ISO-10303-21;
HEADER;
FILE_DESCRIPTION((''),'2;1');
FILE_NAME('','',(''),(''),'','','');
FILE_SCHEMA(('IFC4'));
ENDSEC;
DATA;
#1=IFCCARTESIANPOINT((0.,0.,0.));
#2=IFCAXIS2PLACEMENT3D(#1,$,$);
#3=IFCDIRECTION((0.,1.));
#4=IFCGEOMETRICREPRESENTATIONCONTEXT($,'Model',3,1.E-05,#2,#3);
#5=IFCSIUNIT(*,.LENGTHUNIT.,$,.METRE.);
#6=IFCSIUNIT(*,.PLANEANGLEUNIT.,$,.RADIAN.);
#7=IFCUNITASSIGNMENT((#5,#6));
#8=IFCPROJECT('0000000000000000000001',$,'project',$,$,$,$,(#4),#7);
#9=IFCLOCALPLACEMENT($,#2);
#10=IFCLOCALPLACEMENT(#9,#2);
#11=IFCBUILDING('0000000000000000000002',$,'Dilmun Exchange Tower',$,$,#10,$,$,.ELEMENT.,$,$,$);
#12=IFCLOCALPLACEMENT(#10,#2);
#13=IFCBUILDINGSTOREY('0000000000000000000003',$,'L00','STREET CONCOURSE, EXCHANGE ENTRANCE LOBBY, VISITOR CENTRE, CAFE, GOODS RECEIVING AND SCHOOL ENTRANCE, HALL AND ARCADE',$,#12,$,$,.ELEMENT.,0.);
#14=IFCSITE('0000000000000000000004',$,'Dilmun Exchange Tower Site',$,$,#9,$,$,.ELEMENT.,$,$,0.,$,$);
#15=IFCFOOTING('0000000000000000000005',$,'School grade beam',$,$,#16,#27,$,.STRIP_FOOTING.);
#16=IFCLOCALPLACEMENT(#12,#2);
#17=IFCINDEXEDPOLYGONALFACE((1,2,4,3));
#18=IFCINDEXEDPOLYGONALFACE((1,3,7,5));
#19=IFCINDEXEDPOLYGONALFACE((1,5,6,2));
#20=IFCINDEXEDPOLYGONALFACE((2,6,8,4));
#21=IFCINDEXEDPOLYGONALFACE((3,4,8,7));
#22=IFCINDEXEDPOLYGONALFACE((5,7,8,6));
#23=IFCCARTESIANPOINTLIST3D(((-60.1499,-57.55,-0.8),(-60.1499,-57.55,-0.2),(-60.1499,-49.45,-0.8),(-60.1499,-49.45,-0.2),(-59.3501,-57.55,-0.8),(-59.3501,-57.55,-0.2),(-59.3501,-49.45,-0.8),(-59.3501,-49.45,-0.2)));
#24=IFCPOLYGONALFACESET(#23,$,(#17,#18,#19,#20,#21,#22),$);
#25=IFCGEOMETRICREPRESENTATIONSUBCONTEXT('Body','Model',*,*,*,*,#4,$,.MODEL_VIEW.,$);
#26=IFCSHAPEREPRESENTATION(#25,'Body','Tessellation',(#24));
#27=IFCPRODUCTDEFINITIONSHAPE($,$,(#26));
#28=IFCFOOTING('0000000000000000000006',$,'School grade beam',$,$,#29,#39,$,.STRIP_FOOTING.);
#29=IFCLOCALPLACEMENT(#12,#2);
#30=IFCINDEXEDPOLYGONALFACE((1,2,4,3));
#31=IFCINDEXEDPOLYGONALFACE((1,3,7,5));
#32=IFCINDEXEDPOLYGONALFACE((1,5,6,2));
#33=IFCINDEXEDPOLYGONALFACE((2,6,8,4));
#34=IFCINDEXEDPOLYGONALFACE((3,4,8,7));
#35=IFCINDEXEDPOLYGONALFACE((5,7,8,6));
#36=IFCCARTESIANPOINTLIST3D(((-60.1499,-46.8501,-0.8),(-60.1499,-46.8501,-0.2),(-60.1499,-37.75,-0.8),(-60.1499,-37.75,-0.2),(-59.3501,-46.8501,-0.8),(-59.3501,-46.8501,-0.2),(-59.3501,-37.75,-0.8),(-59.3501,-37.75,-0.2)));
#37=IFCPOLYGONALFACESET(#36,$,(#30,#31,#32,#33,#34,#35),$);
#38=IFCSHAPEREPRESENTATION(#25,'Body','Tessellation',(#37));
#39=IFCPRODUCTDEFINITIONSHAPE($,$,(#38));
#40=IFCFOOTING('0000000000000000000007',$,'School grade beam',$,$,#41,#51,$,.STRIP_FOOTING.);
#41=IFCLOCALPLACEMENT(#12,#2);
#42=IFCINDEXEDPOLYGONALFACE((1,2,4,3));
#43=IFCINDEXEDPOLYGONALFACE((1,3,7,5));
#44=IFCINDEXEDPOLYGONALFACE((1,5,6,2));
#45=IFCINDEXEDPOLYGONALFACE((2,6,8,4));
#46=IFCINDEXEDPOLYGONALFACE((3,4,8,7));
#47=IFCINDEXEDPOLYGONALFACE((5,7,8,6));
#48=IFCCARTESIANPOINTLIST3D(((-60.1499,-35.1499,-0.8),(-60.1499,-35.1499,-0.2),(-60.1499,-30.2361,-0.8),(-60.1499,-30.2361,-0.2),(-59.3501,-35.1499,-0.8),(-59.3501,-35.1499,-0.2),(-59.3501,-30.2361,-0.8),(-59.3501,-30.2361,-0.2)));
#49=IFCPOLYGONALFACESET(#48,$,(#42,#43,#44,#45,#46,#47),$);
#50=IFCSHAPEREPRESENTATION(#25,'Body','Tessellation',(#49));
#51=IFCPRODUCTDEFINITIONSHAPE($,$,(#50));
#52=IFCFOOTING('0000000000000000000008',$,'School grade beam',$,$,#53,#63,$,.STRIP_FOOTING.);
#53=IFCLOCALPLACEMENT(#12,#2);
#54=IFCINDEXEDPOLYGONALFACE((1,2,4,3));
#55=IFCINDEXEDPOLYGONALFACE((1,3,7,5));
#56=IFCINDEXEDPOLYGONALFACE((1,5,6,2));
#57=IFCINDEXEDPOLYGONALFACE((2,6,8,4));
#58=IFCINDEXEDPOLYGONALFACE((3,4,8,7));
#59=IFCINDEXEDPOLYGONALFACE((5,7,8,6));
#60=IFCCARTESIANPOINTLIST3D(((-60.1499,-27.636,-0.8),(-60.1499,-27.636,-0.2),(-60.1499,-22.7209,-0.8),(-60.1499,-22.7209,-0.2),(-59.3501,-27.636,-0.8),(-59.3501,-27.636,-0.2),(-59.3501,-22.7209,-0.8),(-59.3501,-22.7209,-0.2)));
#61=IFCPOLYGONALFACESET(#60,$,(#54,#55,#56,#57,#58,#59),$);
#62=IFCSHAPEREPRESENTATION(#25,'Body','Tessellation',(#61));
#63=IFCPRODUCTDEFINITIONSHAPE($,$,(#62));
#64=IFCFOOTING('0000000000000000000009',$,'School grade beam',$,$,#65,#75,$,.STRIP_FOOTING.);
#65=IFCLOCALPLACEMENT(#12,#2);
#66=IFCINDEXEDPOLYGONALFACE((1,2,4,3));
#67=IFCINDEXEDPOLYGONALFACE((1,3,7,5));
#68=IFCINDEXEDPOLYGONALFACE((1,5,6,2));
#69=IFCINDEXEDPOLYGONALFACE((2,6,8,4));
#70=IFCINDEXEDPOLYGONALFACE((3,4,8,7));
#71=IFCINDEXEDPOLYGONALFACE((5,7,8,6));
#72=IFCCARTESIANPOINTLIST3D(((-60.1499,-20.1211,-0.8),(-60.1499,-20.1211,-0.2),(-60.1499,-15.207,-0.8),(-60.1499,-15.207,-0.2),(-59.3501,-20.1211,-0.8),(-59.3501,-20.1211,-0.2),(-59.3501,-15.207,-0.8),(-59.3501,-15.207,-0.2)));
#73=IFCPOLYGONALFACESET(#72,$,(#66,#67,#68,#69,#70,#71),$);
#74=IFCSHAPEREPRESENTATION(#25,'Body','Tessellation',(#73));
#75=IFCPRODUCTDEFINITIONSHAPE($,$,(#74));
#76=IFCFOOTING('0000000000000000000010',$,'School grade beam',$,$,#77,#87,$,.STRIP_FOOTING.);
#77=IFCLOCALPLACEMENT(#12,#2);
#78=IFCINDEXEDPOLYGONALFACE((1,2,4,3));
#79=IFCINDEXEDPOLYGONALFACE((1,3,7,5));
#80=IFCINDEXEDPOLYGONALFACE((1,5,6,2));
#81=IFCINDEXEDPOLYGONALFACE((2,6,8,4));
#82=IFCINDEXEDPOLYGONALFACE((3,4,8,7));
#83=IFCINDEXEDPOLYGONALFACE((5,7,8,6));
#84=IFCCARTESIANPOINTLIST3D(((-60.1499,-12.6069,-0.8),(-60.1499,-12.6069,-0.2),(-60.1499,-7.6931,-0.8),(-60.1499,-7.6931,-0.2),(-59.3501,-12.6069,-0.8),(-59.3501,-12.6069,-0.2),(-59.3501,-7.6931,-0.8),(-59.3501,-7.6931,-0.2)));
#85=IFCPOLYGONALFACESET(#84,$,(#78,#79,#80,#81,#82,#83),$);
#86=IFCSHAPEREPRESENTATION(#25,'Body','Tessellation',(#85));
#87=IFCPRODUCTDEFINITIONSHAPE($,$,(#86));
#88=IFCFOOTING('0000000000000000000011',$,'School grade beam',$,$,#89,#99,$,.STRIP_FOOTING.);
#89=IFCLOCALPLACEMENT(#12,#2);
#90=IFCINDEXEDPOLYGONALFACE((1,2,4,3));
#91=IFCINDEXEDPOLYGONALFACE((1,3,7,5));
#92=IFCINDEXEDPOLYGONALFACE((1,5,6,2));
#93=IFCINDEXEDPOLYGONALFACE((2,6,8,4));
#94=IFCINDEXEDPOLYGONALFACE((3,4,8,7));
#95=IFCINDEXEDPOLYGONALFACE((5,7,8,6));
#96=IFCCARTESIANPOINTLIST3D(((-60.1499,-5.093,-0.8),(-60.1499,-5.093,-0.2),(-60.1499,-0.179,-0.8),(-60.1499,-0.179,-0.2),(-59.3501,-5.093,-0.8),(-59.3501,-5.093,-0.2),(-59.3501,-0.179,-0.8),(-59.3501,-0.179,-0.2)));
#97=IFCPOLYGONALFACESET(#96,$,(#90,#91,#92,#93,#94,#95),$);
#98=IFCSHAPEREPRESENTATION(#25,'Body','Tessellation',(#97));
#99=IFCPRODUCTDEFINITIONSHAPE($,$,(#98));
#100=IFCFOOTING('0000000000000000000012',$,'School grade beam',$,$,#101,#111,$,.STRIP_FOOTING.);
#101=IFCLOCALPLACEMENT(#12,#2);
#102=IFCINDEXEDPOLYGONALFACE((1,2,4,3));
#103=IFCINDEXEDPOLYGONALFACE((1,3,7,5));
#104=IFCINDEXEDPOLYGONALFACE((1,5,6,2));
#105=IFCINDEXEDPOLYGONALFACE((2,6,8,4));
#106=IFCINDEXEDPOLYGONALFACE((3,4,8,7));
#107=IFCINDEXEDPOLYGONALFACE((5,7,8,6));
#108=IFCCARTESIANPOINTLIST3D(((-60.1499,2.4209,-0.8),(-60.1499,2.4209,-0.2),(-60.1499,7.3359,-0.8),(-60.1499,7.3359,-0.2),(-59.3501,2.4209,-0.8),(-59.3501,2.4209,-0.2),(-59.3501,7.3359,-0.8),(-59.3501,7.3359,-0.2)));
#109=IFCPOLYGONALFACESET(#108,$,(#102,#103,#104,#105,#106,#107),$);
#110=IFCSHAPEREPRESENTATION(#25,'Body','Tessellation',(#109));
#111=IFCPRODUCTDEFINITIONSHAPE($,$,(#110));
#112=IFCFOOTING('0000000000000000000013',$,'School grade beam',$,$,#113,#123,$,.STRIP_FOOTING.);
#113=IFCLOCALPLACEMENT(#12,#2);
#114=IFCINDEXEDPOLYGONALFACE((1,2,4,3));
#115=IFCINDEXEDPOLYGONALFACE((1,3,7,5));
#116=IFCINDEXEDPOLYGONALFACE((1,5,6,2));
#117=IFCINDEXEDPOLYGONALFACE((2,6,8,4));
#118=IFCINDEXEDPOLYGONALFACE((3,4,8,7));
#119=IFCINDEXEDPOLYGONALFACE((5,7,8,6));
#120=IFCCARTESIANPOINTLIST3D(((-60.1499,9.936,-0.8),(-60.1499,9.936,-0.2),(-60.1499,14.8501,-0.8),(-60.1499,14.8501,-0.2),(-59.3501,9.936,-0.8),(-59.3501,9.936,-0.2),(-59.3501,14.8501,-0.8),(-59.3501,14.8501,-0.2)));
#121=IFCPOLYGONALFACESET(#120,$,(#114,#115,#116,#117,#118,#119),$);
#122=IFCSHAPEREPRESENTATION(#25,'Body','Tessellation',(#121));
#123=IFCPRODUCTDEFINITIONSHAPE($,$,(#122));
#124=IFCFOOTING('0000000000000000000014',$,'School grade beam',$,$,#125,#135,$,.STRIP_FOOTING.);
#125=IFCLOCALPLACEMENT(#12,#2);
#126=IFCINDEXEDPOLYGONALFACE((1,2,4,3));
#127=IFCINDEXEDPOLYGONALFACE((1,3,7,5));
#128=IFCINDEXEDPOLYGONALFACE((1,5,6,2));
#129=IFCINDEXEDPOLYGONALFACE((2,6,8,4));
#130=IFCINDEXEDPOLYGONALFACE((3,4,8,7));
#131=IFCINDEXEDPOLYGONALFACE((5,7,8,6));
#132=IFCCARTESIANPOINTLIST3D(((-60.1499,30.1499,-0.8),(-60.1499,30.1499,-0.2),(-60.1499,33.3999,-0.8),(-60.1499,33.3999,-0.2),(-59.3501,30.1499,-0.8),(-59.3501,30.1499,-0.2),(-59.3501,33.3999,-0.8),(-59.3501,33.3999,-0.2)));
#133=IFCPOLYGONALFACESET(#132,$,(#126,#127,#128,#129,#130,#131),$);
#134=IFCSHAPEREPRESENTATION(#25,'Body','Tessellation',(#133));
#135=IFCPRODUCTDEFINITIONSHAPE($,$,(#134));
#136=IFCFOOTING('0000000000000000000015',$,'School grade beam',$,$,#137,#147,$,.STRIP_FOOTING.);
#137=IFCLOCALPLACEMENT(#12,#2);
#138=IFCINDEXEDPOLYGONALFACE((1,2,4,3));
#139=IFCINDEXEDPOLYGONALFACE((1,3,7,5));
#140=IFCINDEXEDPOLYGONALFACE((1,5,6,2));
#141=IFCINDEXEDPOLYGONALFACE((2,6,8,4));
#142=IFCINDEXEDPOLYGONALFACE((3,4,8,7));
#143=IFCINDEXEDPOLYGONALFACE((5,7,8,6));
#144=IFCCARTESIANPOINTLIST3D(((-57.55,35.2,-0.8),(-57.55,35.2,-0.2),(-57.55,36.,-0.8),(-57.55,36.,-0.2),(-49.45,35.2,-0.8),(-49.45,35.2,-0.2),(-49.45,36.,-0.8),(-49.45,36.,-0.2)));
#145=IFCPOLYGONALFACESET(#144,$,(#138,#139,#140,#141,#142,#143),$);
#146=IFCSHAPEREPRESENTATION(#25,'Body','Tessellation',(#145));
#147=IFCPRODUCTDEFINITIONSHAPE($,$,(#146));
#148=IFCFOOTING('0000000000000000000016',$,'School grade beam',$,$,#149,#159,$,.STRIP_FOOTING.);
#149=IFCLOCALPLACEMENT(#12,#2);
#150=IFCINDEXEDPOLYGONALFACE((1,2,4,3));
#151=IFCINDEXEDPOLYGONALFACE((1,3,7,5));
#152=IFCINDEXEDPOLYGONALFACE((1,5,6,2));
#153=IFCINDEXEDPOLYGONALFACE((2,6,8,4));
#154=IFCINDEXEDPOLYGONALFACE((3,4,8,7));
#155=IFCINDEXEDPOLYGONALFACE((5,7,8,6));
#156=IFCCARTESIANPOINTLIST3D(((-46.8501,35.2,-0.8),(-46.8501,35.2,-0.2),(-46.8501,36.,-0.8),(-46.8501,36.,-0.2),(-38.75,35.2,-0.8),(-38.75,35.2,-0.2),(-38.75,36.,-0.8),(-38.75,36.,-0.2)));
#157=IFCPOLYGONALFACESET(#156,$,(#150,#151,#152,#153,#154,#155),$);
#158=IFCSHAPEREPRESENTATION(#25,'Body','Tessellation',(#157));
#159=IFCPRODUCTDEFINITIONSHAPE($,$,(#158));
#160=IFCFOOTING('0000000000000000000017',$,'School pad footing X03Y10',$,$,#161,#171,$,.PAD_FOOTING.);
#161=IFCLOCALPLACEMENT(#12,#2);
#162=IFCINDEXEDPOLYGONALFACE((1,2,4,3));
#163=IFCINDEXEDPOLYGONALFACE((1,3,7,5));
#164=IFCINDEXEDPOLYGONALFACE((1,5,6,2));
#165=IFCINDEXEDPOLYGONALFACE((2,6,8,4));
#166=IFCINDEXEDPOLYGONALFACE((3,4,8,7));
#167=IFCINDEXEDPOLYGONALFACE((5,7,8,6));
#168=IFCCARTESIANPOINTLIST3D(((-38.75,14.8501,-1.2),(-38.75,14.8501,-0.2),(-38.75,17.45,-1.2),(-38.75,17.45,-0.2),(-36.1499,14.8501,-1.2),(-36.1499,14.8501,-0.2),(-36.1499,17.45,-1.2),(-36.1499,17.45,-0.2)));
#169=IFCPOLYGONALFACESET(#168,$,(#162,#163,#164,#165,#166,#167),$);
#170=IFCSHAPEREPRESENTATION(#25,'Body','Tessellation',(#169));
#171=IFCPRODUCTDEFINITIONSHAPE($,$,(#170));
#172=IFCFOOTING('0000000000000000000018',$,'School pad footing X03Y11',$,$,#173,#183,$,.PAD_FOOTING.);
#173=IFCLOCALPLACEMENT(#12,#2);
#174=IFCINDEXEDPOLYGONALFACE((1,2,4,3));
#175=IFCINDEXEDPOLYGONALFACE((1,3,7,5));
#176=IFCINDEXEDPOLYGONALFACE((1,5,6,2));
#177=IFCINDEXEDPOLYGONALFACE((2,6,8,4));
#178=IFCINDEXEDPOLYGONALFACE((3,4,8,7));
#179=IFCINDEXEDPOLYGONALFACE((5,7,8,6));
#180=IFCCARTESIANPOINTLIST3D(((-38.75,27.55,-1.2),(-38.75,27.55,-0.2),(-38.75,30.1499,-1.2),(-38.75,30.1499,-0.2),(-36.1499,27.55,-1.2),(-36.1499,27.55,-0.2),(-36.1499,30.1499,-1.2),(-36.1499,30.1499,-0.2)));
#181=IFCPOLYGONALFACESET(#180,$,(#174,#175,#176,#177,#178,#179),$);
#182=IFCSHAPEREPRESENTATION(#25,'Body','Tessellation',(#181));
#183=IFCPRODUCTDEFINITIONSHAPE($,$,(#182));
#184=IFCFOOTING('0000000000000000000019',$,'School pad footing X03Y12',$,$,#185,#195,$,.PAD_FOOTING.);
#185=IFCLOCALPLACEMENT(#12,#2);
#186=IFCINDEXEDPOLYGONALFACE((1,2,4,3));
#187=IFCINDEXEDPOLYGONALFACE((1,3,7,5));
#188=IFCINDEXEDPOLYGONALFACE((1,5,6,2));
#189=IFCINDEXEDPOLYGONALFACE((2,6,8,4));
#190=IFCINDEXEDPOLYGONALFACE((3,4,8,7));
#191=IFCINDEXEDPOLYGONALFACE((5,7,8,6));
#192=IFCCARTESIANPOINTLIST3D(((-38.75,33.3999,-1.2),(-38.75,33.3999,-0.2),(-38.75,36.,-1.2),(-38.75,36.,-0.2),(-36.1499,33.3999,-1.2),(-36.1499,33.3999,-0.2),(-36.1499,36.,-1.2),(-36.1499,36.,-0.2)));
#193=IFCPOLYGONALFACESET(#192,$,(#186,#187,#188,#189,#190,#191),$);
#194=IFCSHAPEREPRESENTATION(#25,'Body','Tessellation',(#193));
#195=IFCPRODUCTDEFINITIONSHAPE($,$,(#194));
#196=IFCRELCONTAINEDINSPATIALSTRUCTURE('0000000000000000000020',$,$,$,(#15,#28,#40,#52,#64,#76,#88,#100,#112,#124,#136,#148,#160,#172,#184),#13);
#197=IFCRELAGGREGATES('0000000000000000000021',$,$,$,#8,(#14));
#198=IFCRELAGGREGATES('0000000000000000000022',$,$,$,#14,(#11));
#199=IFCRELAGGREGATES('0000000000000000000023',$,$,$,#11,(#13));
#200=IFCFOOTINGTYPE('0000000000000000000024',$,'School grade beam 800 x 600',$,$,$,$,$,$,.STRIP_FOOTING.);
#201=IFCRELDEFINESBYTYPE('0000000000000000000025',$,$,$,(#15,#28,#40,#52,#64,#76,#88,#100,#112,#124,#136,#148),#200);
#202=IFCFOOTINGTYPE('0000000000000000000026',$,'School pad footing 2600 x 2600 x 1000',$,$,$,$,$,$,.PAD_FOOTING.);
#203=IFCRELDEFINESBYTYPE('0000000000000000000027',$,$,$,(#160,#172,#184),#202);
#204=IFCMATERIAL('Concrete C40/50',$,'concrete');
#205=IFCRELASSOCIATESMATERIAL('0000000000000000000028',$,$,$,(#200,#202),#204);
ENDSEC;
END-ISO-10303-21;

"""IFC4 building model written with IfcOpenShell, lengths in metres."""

from ifc_helpers import new_model, si_unit, direction, frame, origin, place, context, subcontext, project, spatial, polyline, outline, extrude, material, type_object, element, save


model = new_model("IFC4")

# Units and contexts
model_context = context("Model", 3, precision=1e-05, world=origin(), true_north=direction((0.0, 1.0)))
body_context = subcontext(model_context, "Body", "Model", "MODEL_VIEW")
ifc_project = project(units=[si_unit("LENGTHUNIT", "METRE"), si_unit("PLANEANGLEUNIT", "RADIAN")], contexts=[model_context])

# Site, building, storey
site_placement = place(None, origin())
site = spatial("IfcSite", under=ifc_project, at=site_placement, Name="Dilmun Exchange Tower Site", CompositionType="ELEMENT", RefElevation=0.0)
building_placement = place(site_placement, origin())
building = spatial("IfcBuilding", under=site, at=building_placement, Name="Dilmun Exchange Tower", CompositionType="ELEMENT")
storey_placement = place(building_placement, origin())
storey = spatial("IfcBuildingStorey", under=building, at=storey_placement, Name="L00", Description="STREET CONCOURSE, EXCHANGE ENTRANCE LOBBY, VISITOR CENTRE, CAFE, GOODS RECEIVING AND SCHOOL ENTRANCE, HALL AND ARCADE", CompositionType="ELEMENT", Elevation=0.0)

# Footings
ifc_material = material(Name="Concrete C40/50", Category="concrete")
footing_type_1 = type_object("IfcFootingType", Name="School grade beam 800 x 600", PredefinedType="STRIP_FOOTING", material=ifc_material)
footing_1_placement = place(storey_placement, frame((0.0, 0.0, -0.8)))
element("IfcFooting", 1, at=footing_1_placement, inside=storey, type_object=footing_type_1, Name="School grade beam", PredefinedType="STRIP_FOOTING", context=body_context, shape_type="SweptSolid", body=[
    extrude(outline(polyline([(-59.3501, -49.45), (-59.3501, -57.55), (-60.1499, -57.55), (-60.1499, -49.45), (-59.3501, -49.45)])), origin(), (0.0, 0.0, 1.0), 0.6001),
])
footing_2_placement = place(storey_placement, frame((0.0, 0.0, -0.8)))
element("IfcFooting", 2, at=footing_2_placement, inside=storey, type_object=footing_type_1, Name="School grade beam", PredefinedType="STRIP_FOOTING", context=body_context, shape_type="SweptSolid", body=[
    extrude(outline(polyline([(-59.3501, -37.75), (-59.3501, -46.8501), (-60.1499, -46.8501), (-60.1499, -37.75), (-59.3501, -37.75)])), origin(), (0.0, 0.0, 1.0), 0.6001),
])
footing_3_placement = place(storey_placement, frame((0.0, 0.0, -0.8)))
element("IfcFooting", 3, at=footing_3_placement, inside=storey, type_object=footing_type_1, Name="School grade beam", PredefinedType="STRIP_FOOTING", context=body_context, shape_type="SweptSolid", body=[
    extrude(outline(polyline([(-59.3501, -30.2361), (-59.3501, -35.1499), (-60.1499, -35.1499), (-60.1499, -30.2361), (-59.3501, -30.2361)])), origin(), (0.0, 0.0, 1.0), 0.6001),
])
footing_4_placement = place(storey_placement, frame((0.0, 0.0, -0.8)))
element("IfcFooting", 4, at=footing_4_placement, inside=storey, type_object=footing_type_1, Name="School grade beam", PredefinedType="STRIP_FOOTING", context=body_context, shape_type="SweptSolid", body=[
    extrude(outline(polyline([(-59.3501, -22.7209), (-59.3501, -27.636), (-60.1499, -27.636), (-60.1499, -22.7209), (-59.3501, -22.7209)])), origin(), (0.0, 0.0, 1.0), 0.6001),
])
footing_5_placement = place(storey_placement, frame((0.0, 0.0, -0.8)))
element("IfcFooting", 5, at=footing_5_placement, inside=storey, type_object=footing_type_1, Name="School grade beam", PredefinedType="STRIP_FOOTING", context=body_context, shape_type="SweptSolid", body=[
    extrude(outline(polyline([(-59.3501, -15.207), (-59.3501, -20.1211), (-60.1499, -20.1211), (-60.1499, -15.207), (-59.3501, -15.207)])), origin(), (0.0, 0.0, 1.0), 0.6001),
])
footing_6_placement = place(storey_placement, frame((0.0, 0.0, -0.8)))
element("IfcFooting", 6, at=footing_6_placement, inside=storey, type_object=footing_type_1, Name="School grade beam", PredefinedType="STRIP_FOOTING", context=body_context, shape_type="SweptSolid", body=[
    extrude(outline(polyline([(-59.3501, -7.6931), (-59.3501, -12.6069), (-60.1499, -12.6069), (-60.1499, -7.6931), (-59.3501, -7.6931)])), origin(), (0.0, 0.0, 1.0), 0.6001),
])
footing_7_placement = place(storey_placement, frame((0.0, 0.0, -0.8)))
element("IfcFooting", 7, at=footing_7_placement, inside=storey, type_object=footing_type_1, Name="School grade beam", PredefinedType="STRIP_FOOTING", context=body_context, shape_type="SweptSolid", body=[
    extrude(outline(polyline([(-59.3501, -0.179), (-59.3501, -5.093), (-60.1499, -5.093), (-60.1499, -0.179), (-59.3501, -0.179)])), origin(), (0.0, 0.0, 1.0), 0.6001),
])
footing_8_placement = place(storey_placement, frame((0.0, 0.0, -0.8)))
element("IfcFooting", 8, at=footing_8_placement, inside=storey, type_object=footing_type_1, Name="School grade beam", PredefinedType="STRIP_FOOTING", context=body_context, shape_type="SweptSolid", body=[
    extrude(outline(polyline([(-59.3501, 7.3359), (-59.3501, 2.4209), (-60.1499, 2.4209), (-60.1499, 7.3359), (-59.3501, 7.3359)])), origin(), (0.0, 0.0, 1.0), 0.6001),
])
footing_9_placement = place(storey_placement, frame((0.0, 0.0, -0.8)))
element("IfcFooting", 9, at=footing_9_placement, inside=storey, type_object=footing_type_1, Name="School grade beam", PredefinedType="STRIP_FOOTING", context=body_context, shape_type="SweptSolid", body=[
    extrude(outline(polyline([(-59.3501, 14.8501), (-59.3501, 9.936), (-60.1499, 9.936), (-60.1499, 14.8501), (-59.3501, 14.8501)])), origin(), (0.0, 0.0, 1.0), 0.6001),
])
footing_10_placement = place(storey_placement, frame((0.0, 0.0, -0.8)))
element("IfcFooting", 10, at=footing_10_placement, inside=storey, type_object=footing_type_1, Name="School grade beam", PredefinedType="STRIP_FOOTING", context=body_context, shape_type="SweptSolid", body=[
    extrude(outline(polyline([(-59.3501, 33.3999), (-59.3501, 30.1499), (-60.1499, 30.1499), (-60.1499, 33.3999), (-59.3501, 33.3999)])), origin(), (0.0, 0.0, 1.0), 0.6001),
])
footing_11_placement = place(storey_placement, frame((0.0, 0.0, -0.8)))
element("IfcFooting", 11, at=footing_11_placement, inside=storey, type_object=footing_type_1, Name="School grade beam", PredefinedType="STRIP_FOOTING", context=body_context, shape_type="SweptSolid", body=[
    extrude(outline(polyline([(-49.45, 35.2), (-57.55, 35.2), (-57.55, 36.0), (-49.45, 36.0), (-49.45, 35.2)])), origin(), (0.0, 0.0, 1.0), 0.6001),
])
footing_12_placement = place(storey_placement, frame((0.0, 0.0, -0.8)))
element("IfcFooting", 12, at=footing_12_placement, inside=storey, type_object=footing_type_1, Name="School grade beam", PredefinedType="STRIP_FOOTING", context=body_context, shape_type="SweptSolid", body=[
    extrude(outline(polyline([(-38.75, 35.2), (-46.8501, 35.2), (-46.8501, 36.0), (-38.75, 36.0), (-38.75, 35.2)])), origin(), (0.0, 0.0, 1.0), 0.6001),
])
footing_type_2 = type_object("IfcFootingType", Name="School pad footing 2600 x 2600 x 1000", PredefinedType="PAD_FOOTING", material=ifc_material)
footing_13_placement = place(storey_placement, frame((0.0, 0.0, -1.2)))
element("IfcFooting", 13, at=footing_13_placement, inside=storey, type_object=footing_type_2, Name="School pad footing X03Y10", PredefinedType="PAD_FOOTING", context=body_context, shape_type="SweptSolid", body=[
    extrude(outline(polyline([(-38.75, 14.8501), (-38.75, 17.45), (-36.1499, 17.45), (-36.1499, 14.8501), (-38.75, 14.8501)])), origin(), (0.0, 0.0, 1.0), 1.0),
])
footing_14_placement = place(storey_placement, frame((0.0, 0.0, -1.2)))
element("IfcFooting", 14, at=footing_14_placement, inside=storey, type_object=footing_type_2, Name="School pad footing X03Y11", PredefinedType="PAD_FOOTING", context=body_context, shape_type="SweptSolid", body=[
    extrude(outline(polyline([(-38.75, 27.55), (-38.75, 30.1499), (-36.1499, 30.1499), (-36.1499, 27.55), (-38.75, 27.55)])), origin(), (0.0, 0.0, 1.0), 1.0),
])
footing_15_placement = place(storey_placement, frame((0.0, 0.0, -1.2)))
element("IfcFooting", 15, at=footing_15_placement, inside=storey, type_object=footing_type_2, Name="School pad footing X03Y12", PredefinedType="PAD_FOOTING", context=body_context, shape_type="SweptSolid", body=[
    extrude(outline(polyline([(-38.75, 33.3999), (-38.75, 36.0), (-36.1499, 36.0), (-36.1499, 33.3999), (-38.75, 33.3999)])), origin(), (0.0, 0.0, 1.0), 1.0),
])

save(model, "model.ifc")
